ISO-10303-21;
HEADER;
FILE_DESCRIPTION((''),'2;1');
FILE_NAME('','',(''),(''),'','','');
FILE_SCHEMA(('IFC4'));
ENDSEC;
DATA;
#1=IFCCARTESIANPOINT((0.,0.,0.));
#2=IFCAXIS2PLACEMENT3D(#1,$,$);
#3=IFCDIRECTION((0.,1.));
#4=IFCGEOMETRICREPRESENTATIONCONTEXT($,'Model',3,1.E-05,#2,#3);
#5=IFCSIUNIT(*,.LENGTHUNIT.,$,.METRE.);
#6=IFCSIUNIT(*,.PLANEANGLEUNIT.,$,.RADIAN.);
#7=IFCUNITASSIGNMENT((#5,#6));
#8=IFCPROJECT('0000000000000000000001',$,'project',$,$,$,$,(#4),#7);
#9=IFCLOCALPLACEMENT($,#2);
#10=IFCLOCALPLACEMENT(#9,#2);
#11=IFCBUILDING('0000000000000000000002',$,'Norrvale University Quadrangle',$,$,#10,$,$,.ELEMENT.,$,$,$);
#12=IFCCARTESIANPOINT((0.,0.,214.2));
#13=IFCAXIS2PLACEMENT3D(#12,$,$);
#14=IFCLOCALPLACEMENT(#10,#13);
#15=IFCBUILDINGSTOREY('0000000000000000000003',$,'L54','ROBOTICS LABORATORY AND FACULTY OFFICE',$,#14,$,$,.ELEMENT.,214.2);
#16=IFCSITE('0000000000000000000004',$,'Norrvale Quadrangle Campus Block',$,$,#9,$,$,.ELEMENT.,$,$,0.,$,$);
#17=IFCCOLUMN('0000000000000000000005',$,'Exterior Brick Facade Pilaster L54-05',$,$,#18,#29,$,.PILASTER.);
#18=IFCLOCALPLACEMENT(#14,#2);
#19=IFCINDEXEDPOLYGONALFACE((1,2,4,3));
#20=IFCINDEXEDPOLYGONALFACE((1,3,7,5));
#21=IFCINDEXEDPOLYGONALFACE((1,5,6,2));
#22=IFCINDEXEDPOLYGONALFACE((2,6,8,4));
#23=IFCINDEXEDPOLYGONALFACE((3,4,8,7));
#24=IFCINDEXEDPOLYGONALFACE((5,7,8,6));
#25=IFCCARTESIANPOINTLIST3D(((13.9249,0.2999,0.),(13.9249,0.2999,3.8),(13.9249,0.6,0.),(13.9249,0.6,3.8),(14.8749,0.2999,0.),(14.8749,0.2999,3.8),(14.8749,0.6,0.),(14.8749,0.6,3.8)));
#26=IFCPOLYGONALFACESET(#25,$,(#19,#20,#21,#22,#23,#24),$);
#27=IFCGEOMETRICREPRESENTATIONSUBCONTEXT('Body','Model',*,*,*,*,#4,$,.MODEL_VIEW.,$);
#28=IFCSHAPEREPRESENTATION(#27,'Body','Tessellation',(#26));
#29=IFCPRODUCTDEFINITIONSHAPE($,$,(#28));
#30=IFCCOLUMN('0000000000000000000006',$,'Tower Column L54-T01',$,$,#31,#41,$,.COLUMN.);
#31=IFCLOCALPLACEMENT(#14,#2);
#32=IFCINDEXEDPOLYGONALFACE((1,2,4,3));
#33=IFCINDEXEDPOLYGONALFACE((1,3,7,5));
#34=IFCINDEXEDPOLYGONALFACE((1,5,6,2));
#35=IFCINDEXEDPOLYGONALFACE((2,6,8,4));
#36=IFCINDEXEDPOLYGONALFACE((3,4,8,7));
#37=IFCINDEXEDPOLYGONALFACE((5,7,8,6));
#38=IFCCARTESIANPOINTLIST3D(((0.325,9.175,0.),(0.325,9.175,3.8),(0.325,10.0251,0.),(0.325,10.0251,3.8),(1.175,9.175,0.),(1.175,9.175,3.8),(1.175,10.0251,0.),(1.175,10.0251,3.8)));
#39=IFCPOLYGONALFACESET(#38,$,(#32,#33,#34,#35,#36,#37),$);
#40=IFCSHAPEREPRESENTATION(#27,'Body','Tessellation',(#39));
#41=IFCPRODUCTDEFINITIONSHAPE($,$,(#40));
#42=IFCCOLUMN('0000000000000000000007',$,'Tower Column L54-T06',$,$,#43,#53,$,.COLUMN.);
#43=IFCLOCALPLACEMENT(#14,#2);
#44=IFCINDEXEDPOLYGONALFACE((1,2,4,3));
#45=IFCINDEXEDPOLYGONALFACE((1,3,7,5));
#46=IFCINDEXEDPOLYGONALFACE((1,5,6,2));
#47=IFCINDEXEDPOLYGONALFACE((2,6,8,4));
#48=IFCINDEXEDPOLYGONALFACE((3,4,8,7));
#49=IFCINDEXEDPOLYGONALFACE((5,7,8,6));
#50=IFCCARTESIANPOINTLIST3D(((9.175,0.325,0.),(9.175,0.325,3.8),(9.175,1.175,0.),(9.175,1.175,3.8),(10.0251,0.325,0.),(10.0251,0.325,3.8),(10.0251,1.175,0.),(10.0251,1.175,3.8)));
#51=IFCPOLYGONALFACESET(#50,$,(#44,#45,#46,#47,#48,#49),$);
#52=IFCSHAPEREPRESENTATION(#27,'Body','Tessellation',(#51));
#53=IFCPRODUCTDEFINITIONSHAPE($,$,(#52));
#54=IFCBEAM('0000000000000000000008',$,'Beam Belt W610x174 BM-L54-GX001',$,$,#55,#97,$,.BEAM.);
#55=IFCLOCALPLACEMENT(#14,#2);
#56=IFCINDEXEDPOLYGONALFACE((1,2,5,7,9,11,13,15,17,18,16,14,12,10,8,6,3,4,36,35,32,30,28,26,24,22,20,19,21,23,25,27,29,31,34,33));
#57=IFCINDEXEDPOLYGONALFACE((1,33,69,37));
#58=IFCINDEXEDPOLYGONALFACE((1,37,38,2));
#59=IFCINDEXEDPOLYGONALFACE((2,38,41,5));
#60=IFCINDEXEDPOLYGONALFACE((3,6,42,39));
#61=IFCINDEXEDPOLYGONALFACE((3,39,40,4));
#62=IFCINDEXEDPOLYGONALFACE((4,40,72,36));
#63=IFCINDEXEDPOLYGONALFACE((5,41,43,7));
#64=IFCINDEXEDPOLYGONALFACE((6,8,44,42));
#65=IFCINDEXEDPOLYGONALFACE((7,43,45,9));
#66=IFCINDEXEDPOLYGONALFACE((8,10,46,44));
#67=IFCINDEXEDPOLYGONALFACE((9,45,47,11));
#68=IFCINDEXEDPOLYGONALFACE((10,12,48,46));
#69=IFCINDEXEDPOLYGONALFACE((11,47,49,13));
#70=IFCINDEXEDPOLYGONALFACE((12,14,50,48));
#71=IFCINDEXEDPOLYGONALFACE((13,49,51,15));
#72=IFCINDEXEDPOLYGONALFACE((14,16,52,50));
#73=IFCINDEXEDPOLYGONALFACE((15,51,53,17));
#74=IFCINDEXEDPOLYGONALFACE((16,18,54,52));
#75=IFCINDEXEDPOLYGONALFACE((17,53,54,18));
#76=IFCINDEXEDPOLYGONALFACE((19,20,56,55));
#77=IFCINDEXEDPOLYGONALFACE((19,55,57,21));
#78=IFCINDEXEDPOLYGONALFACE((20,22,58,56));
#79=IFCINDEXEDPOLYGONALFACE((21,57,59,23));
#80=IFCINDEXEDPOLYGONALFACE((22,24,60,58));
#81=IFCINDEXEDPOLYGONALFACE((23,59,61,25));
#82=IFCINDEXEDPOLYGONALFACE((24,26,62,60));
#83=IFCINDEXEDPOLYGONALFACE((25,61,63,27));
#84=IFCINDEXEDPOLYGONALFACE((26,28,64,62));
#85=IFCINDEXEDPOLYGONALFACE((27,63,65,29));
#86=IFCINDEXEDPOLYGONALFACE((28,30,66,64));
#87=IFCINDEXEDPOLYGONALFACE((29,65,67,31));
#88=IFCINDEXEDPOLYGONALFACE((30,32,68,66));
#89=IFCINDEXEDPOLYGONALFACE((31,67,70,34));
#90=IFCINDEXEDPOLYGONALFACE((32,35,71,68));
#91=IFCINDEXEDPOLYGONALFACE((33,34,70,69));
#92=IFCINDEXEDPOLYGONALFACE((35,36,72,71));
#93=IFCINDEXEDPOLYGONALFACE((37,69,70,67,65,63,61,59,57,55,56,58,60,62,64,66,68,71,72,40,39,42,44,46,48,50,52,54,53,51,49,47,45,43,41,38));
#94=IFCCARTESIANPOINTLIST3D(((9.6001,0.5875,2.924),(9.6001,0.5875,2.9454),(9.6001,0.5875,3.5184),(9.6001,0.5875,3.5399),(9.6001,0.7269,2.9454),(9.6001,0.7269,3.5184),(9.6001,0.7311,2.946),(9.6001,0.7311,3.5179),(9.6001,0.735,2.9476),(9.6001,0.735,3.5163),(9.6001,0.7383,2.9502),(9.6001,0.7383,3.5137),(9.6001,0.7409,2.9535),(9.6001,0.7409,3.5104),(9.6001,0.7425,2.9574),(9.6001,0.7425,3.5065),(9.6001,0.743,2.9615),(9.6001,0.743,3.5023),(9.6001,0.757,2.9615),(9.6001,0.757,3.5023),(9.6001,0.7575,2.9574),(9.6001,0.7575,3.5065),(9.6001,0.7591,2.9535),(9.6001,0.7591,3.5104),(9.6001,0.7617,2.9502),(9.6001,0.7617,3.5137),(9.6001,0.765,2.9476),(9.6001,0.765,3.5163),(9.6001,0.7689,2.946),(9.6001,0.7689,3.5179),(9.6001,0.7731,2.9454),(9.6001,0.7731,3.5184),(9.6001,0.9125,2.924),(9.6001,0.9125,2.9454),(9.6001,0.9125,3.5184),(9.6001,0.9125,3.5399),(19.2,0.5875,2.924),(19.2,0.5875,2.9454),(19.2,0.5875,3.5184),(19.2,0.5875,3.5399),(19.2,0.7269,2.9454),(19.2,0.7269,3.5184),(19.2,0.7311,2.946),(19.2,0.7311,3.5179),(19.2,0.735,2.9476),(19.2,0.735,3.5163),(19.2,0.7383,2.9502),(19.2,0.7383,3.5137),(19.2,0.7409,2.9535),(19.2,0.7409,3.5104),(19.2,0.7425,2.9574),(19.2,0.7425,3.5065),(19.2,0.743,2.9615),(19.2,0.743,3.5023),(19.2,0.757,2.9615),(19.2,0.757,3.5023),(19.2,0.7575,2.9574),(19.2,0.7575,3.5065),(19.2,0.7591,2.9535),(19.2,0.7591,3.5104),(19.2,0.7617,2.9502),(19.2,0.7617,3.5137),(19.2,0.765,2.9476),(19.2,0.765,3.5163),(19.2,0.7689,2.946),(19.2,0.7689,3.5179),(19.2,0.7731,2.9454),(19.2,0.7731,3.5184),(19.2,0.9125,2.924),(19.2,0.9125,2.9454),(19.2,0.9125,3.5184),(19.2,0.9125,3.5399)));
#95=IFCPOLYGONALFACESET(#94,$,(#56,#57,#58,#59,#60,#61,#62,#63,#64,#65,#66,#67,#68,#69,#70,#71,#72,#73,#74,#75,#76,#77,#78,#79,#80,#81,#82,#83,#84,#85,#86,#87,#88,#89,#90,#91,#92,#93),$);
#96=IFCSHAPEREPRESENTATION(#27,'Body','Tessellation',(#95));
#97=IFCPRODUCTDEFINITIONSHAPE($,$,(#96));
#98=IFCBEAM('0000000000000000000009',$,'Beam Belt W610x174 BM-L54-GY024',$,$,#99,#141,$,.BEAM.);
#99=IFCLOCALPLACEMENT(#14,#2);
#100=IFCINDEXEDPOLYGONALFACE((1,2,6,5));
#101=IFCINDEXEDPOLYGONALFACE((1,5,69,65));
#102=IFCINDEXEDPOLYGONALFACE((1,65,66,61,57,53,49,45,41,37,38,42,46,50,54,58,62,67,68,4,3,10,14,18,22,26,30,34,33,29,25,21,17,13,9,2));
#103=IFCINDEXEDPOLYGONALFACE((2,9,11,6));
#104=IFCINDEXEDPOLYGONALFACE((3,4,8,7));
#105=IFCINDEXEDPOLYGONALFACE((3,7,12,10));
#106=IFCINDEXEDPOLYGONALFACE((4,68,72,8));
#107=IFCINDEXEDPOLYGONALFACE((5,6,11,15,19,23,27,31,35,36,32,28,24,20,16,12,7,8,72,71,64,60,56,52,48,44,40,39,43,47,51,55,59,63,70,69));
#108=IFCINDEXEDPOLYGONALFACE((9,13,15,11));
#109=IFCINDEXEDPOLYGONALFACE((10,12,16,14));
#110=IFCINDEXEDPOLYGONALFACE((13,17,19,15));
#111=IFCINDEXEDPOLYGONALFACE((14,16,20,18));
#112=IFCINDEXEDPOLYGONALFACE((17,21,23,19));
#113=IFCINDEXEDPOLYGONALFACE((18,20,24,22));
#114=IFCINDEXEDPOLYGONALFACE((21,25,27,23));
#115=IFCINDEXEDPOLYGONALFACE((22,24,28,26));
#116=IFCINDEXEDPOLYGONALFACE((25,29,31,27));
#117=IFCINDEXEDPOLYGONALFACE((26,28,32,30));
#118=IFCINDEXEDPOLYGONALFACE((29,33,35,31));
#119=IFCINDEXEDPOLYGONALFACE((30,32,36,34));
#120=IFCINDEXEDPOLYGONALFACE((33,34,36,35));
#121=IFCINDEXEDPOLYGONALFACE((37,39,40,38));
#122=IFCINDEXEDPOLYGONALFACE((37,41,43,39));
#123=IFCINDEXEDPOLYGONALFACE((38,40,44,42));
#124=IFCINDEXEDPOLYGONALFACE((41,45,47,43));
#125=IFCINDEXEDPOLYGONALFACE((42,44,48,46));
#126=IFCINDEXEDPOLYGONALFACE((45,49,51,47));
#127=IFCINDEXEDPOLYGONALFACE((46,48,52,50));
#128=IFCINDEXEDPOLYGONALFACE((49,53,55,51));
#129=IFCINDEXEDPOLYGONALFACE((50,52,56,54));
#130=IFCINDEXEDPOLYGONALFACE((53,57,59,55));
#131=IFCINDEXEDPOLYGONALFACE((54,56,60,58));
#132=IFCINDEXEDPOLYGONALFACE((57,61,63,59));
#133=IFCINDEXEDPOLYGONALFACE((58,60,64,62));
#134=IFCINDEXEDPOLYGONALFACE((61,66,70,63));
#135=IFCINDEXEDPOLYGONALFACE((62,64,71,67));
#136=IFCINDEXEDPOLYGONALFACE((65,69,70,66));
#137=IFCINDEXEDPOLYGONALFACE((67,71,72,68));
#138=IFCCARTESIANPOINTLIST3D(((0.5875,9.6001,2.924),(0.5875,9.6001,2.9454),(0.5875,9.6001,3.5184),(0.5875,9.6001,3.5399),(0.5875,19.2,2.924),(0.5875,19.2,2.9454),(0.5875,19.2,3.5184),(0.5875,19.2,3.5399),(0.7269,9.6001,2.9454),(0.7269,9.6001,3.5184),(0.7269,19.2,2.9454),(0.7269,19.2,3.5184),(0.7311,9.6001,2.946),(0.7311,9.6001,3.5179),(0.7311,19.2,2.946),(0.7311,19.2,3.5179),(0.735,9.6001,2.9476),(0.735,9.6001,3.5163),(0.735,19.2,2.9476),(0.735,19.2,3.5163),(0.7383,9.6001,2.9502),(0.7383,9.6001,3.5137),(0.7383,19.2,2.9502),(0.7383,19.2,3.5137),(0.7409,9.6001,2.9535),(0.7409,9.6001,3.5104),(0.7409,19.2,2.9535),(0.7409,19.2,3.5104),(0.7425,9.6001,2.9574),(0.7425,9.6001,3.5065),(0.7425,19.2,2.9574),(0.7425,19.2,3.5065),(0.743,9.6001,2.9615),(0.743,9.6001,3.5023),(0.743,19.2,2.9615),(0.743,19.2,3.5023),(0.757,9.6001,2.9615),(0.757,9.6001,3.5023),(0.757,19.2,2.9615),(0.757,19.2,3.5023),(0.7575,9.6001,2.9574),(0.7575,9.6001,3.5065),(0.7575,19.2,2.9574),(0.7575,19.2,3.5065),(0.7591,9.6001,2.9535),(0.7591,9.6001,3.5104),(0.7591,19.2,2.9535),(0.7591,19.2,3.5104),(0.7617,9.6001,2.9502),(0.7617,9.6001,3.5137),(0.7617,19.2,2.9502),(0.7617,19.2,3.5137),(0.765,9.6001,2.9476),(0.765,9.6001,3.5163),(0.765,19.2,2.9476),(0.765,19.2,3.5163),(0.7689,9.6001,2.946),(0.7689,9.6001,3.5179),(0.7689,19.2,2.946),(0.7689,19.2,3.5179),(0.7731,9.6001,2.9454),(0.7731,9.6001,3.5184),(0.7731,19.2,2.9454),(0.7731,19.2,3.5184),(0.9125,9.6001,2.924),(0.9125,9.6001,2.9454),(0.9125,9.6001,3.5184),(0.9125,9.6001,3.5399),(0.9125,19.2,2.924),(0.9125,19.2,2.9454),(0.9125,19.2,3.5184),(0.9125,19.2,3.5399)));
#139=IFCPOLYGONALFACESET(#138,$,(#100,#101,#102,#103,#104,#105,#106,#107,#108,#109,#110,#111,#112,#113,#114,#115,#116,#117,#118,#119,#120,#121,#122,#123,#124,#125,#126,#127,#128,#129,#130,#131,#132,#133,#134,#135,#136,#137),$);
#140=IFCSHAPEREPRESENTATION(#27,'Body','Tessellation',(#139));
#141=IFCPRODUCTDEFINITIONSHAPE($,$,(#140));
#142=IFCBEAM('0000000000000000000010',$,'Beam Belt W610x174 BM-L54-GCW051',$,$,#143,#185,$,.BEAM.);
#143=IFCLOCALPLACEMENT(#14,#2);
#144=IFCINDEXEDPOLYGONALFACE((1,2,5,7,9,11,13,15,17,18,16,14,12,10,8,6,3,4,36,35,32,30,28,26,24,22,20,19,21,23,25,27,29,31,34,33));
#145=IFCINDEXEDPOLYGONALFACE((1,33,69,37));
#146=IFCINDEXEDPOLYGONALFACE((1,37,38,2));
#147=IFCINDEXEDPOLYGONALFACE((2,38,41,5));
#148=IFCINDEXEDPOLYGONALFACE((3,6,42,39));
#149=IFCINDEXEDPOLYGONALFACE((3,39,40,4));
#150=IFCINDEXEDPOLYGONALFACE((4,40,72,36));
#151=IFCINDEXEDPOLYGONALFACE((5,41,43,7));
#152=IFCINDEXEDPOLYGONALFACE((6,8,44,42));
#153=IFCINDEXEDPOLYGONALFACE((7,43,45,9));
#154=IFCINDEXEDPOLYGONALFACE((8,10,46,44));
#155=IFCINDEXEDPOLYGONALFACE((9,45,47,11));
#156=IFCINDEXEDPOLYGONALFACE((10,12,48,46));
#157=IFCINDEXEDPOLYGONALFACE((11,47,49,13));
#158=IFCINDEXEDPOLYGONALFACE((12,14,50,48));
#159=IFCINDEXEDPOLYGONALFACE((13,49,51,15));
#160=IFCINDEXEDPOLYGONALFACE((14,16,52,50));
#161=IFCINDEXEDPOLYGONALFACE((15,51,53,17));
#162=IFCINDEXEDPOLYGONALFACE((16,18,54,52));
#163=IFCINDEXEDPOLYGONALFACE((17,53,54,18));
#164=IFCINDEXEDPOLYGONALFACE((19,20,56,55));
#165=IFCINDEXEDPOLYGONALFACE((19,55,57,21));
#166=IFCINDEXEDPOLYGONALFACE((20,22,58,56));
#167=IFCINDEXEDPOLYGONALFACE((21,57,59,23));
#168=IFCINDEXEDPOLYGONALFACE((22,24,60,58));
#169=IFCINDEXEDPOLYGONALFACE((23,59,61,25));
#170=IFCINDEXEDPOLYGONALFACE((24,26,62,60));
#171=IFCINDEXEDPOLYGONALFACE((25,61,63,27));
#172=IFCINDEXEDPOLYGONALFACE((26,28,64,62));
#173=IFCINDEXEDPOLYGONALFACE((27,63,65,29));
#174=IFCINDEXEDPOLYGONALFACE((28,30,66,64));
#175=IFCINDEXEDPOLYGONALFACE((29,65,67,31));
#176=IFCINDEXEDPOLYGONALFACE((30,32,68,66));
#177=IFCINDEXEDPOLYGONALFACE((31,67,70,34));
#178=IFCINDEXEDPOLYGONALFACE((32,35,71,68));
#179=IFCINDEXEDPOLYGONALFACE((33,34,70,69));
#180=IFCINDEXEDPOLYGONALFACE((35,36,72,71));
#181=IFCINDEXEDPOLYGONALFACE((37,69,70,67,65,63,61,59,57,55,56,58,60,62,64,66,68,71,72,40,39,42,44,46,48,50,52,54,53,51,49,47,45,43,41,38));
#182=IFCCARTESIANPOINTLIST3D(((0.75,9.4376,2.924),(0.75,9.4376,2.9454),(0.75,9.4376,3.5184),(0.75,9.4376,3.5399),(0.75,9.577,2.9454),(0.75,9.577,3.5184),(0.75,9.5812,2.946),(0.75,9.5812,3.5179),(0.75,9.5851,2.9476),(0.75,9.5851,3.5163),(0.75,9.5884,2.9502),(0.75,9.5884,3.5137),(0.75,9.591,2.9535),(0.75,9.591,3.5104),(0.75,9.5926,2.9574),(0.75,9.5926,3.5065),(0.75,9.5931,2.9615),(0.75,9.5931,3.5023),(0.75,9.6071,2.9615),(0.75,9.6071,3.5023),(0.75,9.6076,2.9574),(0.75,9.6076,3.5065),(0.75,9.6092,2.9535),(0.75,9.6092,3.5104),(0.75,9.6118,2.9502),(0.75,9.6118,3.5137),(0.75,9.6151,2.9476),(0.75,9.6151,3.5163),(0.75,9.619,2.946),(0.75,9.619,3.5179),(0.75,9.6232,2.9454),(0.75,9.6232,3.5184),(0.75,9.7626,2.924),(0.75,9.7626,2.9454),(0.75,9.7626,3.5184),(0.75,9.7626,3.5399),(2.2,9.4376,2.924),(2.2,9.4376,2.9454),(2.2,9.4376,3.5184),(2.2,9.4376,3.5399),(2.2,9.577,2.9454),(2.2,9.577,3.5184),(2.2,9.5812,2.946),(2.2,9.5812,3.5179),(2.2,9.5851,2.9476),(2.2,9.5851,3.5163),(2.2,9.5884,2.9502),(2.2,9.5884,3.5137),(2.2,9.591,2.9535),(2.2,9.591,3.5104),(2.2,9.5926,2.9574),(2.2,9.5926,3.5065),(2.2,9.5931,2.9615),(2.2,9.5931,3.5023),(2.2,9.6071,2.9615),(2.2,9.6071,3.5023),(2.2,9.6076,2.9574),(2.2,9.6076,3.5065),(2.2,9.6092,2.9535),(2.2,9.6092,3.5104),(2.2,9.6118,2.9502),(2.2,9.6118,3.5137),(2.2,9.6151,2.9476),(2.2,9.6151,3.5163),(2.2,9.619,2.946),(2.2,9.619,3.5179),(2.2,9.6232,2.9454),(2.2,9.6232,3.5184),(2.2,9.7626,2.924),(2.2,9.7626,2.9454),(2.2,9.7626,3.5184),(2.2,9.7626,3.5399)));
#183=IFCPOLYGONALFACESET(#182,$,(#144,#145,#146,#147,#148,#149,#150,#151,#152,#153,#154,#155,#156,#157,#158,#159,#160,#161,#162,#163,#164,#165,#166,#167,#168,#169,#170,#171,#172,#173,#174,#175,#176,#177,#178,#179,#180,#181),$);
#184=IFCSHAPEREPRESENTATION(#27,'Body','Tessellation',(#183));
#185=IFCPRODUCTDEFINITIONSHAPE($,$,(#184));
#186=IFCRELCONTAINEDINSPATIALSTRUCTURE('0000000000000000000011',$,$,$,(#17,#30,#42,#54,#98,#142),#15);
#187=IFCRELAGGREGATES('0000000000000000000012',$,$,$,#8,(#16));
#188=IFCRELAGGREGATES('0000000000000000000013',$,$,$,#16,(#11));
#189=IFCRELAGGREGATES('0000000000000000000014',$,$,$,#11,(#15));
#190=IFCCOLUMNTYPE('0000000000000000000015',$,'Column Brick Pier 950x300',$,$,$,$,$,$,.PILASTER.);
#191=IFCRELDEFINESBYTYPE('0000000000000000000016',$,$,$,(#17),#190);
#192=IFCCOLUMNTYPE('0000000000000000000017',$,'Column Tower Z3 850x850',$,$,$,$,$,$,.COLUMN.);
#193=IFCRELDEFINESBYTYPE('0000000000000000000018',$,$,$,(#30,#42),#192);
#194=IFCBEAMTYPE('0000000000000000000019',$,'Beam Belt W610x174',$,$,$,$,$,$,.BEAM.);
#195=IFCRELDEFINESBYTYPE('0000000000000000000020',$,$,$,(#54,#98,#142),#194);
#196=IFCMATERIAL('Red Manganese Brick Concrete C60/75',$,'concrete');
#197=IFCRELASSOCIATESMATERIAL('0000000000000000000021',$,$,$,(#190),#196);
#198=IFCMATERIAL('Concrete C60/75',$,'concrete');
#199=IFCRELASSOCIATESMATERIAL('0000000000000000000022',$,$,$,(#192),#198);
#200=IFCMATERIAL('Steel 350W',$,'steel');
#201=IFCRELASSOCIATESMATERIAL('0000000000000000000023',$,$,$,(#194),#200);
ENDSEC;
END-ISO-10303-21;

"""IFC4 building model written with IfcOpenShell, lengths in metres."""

from ifc_helpers import new_model, si_unit, direction, frame, origin, origin_2d, place, context, subcontext, project, spatial, rectangle, i_section, extrude, material, material_profile, profile_set, type_object, element, save


model = new_model("IFC4")

# Units and contexts
model_context = context("Model", 3, precision=1e-05, world=origin(), true_north=direction((0.0, 1.0)))
body_context = subcontext(model_context, "Body", "Model", "MODEL_VIEW")
ifc_project = project(units=[si_unit("LENGTHUNIT", "METRE"), si_unit("PLANEANGLEUNIT", "RADIAN")], contexts=[model_context])

# Site, building, storey
site_placement = place(None, origin())
site = spatial("IfcSite", under=ifc_project, at=site_placement, Name="Norrvale Quadrangle Campus Block", CompositionType="ELEMENT", RefElevation=0.0)
building_placement = place(site_placement, origin())
building = spatial("IfcBuilding", under=site, at=building_placement, Name="Norrvale University Quadrangle", CompositionType="ELEMENT")
storey_placement = place(building_placement, frame((0.0, 0.0, 214.2)))
storey = spatial("IfcBuildingStorey", under=building, at=storey_placement, Name="L54", Description="ROBOTICS LABORATORY AND FACULTY OFFICE", CompositionType="ELEMENT", Elevation=214.2)

# Columns
ifc_material_1 = material(Name="Red Manganese Brick Concrete C60/75", Category="concrete")
ifc_material_profile_1 = material_profile(ifc_material_1, rectangle(XDim=0.95, YDim=0.3, at=origin_2d()), Name="Red Manganese Brick Concrete C60/75")
ifc_profile_set_1 = profile_set([ifc_material_profile_1], Name="Red Manganese Brick Concrete C60/75")
column_type_1 = type_object("IfcColumnType", Name="Column Brick Pier 950x300", PredefinedType="PILASTER", material=ifc_profile_set_1)
column_placement = place(storey_placement, frame((14.3999, 0.45, 0.0), z_axis=(0.0, 0.0, 1.0), x_axis=(1.0, 0.0, 0.0)))
element("IfcColumn", 1, at=column_placement, inside=storey, type_object=column_type_1, Name="Exterior Brick Facade Pilaster L54-05", PredefinedType="PILASTER", context=body_context, shape_type="SweptSolid", body=[
    extrude(rectangle(XDim=0.95, YDim=0.3, at=origin_2d()), origin(), (0.0, 0.0, 1.0), 3.8),
])
ifc_material_2 = material(Name="Concrete C60/75", Category="concrete")
ifc_material_profile_2 = material_profile(ifc_material_2, rectangle(XDim=0.8501, YDim=0.8501, at=origin_2d()), Name="Concrete C60/75")
ifc_profile_set_2 = profile_set([ifc_material_profile_2], Name="Concrete C60/75")
column_type_2 = type_object("IfcColumnType", Name="Column Tower Z3 850x850", PredefinedType="COLUMN", material=ifc_profile_set_2)
for number, where, z_axis, x_axis, name in (
    (2, (0.75, 9.6001, 0.0), (0.0, 0.0, 1.0), (1.0, 0.0, 0.0), "Tower Column L54-T01"),
    (3, (9.6001, 0.75, 0.0), (0.0, 0.0, 1.0), (1.0, 0.0, 0.0), "Tower Column L54-T06"),
):
    element("IfcColumn", number, at=place(storey_placement, frame(where, z_axis=z_axis, x_axis=x_axis)), inside=storey, type_object=column_type_2, Name=name, PredefinedType="COLUMN", context=body_context, shape_type="SweptSolid", body=[
        extrude(rectangle(XDim=0.8501, YDim=0.8501, at=origin_2d()), origin(), (0.0, 0.0, 1.0), 3.8),
    ])

# Beams
ifc_material_3 = material(Name="Steel 350W", Category="steel")
ifc_material_profile_3 = material_profile(ifc_material_3, i_section(OverallWidth=0.325, OverallDepth=0.616, WebThickness=0.0139, FlangeThickness=0.0215, FilletRadius=0.0161, at=origin_2d()), Name="Steel 350W")
ifc_profile_set_3 = profile_set([ifc_material_profile_3], Name="Steel 350W")
beam_type_1 = type_object("IfcBeamType", Name="Beam Belt W610x174", PredefinedType="BEAM", material=ifc_profile_set_3)
for number, where, z_axis, x_axis, name in (
    (4, (9.6001, 0.75, 3.2319), (1.0, 0.0, 0.0), (0.0, 1.0, 0.0), "Beam Belt W610x174 BM-L54-GX001"),
    (5, (0.75, 9.6001, 3.2319), (0.0, 1.0, 0.0), (-1.0, 0.0, 0.0), "Beam Belt W610x174 BM-L54-GY024"),
):
    element("IfcBeam", number, at=place(storey_placement, frame(where, z_axis=z_axis, x_axis=x_axis)), inside=storey, type_object=beam_type_1, Name=name, PredefinedType="BEAM", context=body_context, shape_type="SweptSolid", body=[
        extrude(i_section(OverallWidth=0.325, OverallDepth=0.616, WebThickness=0.0139, FlangeThickness=0.0215, FilletRadius=0.0161, at=origin_2d()), origin(), (0.0, 0.0, 1.0), 9.5999),
    ])
beam_1_placement = place(storey_placement, frame((0.75, 9.6001, 3.2319), z_axis=(1.0, 0.0, 0.0), x_axis=(0.0, 1.0, 0.0)))
element("IfcBeam", 6, at=beam_1_placement, inside=storey, type_object=beam_type_1, Name="Beam Belt W610x174 BM-L54-GCW051", PredefinedType="BEAM", context=body_context, shape_type="SweptSolid", body=[
    extrude(i_section(OverallWidth=0.325, OverallDepth=0.616, WebThickness=0.0139, FlangeThickness=0.0215, FilletRadius=0.0161, at=origin_2d()), origin(), (0.0, 0.0, 1.0), 1.45),
])

save(model, "model.ifc")
